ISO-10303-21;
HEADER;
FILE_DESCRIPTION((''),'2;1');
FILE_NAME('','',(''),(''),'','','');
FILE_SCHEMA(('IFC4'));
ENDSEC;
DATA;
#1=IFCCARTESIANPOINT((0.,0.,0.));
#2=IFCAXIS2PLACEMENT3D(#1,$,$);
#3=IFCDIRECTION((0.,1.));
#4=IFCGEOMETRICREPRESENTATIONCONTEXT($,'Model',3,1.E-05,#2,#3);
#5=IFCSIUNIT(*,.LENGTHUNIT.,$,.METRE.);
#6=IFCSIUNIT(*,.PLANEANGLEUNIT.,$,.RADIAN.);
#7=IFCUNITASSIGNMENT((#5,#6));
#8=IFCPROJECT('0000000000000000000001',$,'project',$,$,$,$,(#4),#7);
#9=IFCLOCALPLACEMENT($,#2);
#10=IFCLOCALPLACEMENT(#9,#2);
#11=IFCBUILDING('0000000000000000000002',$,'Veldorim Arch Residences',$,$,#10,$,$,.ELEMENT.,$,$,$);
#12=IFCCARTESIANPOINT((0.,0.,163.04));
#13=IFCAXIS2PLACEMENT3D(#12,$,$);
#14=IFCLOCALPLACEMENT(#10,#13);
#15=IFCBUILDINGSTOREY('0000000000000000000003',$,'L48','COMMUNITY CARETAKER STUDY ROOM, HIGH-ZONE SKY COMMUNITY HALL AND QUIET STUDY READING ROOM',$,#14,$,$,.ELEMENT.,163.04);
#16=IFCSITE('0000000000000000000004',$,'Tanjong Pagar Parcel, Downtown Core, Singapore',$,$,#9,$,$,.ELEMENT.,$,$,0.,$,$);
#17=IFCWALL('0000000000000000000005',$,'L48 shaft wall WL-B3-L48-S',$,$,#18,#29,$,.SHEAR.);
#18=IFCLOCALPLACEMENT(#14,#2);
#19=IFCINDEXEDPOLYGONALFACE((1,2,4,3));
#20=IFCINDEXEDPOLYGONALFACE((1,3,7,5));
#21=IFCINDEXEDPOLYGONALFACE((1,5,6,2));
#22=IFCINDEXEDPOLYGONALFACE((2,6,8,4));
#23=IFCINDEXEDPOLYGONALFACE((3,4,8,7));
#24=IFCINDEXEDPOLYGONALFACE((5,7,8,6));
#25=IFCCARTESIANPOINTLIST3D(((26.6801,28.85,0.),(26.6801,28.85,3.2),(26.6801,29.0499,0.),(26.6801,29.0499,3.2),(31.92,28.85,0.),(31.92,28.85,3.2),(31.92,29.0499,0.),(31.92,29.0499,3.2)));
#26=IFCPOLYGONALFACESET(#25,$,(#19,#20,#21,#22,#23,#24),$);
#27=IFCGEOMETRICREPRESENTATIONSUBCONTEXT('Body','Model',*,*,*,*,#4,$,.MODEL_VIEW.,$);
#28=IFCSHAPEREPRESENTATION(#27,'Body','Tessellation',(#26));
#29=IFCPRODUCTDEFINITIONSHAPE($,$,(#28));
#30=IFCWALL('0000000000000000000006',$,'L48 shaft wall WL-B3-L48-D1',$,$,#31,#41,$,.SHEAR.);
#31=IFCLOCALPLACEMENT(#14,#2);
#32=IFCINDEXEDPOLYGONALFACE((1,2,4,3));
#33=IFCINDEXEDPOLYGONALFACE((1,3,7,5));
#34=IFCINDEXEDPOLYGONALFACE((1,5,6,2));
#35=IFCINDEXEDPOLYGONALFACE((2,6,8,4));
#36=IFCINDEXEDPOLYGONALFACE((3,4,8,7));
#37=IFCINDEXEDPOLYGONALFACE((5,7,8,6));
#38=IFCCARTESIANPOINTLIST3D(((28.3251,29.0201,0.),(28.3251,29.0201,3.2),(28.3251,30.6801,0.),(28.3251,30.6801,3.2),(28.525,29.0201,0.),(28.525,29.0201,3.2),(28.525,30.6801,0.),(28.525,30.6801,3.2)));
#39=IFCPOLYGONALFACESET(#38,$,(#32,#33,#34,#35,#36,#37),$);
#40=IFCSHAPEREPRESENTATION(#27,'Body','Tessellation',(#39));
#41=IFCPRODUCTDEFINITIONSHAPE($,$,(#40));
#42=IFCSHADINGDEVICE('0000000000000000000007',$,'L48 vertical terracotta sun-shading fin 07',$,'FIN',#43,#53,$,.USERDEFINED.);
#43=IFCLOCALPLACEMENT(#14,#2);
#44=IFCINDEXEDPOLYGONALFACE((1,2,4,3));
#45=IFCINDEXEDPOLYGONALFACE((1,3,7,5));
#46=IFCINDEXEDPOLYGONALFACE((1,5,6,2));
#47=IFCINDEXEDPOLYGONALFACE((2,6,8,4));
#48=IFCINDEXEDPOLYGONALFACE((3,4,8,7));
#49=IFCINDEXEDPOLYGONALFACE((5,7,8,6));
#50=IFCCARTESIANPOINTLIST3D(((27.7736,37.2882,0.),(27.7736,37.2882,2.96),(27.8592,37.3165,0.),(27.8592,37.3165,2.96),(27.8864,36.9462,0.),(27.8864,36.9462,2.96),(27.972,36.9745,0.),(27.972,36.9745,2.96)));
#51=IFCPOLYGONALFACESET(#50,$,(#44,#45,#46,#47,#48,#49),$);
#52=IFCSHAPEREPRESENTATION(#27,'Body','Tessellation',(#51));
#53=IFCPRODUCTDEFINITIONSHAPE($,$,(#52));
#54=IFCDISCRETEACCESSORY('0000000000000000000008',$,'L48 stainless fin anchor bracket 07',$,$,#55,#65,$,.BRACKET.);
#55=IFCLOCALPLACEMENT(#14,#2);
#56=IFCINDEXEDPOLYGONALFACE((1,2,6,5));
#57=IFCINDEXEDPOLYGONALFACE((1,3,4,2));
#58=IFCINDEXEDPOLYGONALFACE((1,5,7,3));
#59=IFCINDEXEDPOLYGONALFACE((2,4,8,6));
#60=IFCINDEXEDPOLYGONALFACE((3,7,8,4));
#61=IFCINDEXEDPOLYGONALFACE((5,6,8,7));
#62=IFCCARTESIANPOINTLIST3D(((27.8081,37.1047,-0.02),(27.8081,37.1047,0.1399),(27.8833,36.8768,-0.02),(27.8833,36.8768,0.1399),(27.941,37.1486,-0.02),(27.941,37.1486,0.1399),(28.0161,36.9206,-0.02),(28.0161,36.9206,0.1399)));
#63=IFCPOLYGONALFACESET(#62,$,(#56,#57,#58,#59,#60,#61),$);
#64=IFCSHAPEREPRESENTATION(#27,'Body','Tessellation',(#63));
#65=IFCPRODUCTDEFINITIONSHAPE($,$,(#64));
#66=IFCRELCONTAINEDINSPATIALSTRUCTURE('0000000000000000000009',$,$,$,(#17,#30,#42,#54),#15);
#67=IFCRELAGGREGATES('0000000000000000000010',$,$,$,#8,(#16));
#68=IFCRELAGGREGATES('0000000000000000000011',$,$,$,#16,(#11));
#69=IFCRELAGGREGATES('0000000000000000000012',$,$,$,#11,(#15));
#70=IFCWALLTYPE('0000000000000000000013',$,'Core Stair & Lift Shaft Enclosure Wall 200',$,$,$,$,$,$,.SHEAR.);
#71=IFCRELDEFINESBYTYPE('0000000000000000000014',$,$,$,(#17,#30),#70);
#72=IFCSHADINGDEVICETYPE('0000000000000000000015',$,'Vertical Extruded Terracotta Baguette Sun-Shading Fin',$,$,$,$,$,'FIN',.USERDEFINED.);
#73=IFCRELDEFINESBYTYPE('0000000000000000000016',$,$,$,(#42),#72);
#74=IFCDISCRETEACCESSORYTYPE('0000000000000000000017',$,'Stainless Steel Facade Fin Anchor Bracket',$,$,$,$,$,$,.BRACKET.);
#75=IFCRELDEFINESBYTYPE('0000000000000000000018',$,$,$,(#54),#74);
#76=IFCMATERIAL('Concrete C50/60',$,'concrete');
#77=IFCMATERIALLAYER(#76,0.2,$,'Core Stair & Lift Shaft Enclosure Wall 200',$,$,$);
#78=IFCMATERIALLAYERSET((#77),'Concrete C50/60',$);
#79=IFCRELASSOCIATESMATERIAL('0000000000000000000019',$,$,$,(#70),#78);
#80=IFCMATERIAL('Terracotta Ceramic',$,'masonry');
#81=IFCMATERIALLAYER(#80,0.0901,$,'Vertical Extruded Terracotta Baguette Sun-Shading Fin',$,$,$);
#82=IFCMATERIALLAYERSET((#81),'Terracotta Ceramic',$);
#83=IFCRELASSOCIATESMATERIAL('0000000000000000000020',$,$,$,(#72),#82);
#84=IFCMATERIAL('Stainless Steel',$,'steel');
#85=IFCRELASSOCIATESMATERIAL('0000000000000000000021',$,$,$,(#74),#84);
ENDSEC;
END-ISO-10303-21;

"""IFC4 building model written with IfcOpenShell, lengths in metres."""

from ifc_helpers import new_model, si_unit, direction, frame, frame_2d, origin, origin_2d, place, context, subcontext, project, spatial, rectangle, extrude, material, layer, layer_set, type_object, element, save


model = new_model("IFC4")

# Units and contexts
model_context = context("Model", 3, precision=1e-05, world=origin(), true_north=direction((0.0, 1.0)))
body_context = subcontext(model_context, "Body", "Model", "MODEL_VIEW")
ifc_project = project(units=[si_unit("LENGTHUNIT", "METRE"), si_unit("PLANEANGLEUNIT", "RADIAN")], contexts=[model_context])

# Site, building, storey
site_placement = place(None, origin())
site = spatial("IfcSite", under=ifc_project, at=site_placement, Name="Tanjong Pagar Parcel, Downtown Core, Singapore", CompositionType="ELEMENT", RefElevation=0.0)
building_placement = place(site_placement, origin())
building = spatial("IfcBuilding", under=site, at=building_placement, Name="Veldorim Arch Residences", CompositionType="ELEMENT")
storey_placement = place(building_placement, frame((0.0, 0.0, 163.04)))
storey = spatial("IfcBuildingStorey", under=building, at=storey_placement, Name="L48", Description="COMMUNITY CARETAKER STUDY ROOM, HIGH-ZONE SKY COMMUNITY HALL AND QUIET STUDY READING ROOM", CompositionType="ELEMENT", Elevation=163.04)

# Walls
ifc_material_1 = material(Name="Concrete C50/60", Category="concrete")
ifc_layer_1 = layer(ifc_material_1, 0.2, Name="Core Stair & Lift Shaft Enclosure Wall 200")
ifc_layer_set_1 = layer_set([ifc_layer_1], Name="Concrete C50/60")
wall_type = type_object("IfcWallType", Name="Core Stair & Lift Shaft Enclosure Wall 200", PredefinedType="SHEAR", material=ifc_layer_set_1)
wall_1_placement = place(storey_placement, frame((26.6799, 28.95, 0.0), z_axis=(0.0, 0.0, 1.0), x_axis=(1.0, 0.0, 0.0)))
element("IfcWall", 1, at=wall_1_placement, inside=storey, type_object=wall_type, Name="L48 shaft wall WL-B3-L48-S", PredefinedType="SHEAR", context=body_context, shape_type="SweptSolid", body=[
    extrude(rectangle(XDim=5.24, YDim=0.2, at=frame_2d((2.6201, 0.0))), origin(), (0.0, 0.0, 1.0), 3.2),
])
wall_2_placement = place(storey_placement, frame((28.425, 29.02, 0.0), z_axis=(0.0, 0.0, 1.0), x_axis=(0.0, 1.0, 0.0)))
element("IfcWall", 2, at=wall_2_placement, inside=storey, type_object=wall_type, Name="L48 shaft wall WL-B3-L48-D1", PredefinedType="SHEAR", context=body_context, shape_type="SweptSolid", body=[
    extrude(rectangle(XDim=1.6599, YDim=0.2, at=frame_2d((0.8301, 0.0))), origin(), (0.0, 0.0, 1.0), 3.2),
])

# Shading device
ifc_material_2 = material(Name="Terracotta Ceramic", Category="masonry")
ifc_layer_2 = layer(ifc_material_2, 0.0901, Name="Vertical Extruded Terracotta Baguette Sun-Shading Fin")
ifc_layer_set_2 = layer_set([ifc_layer_2], Name="Terracotta Ceramic")
shading_device_type = type_object("IfcShadingDeviceType", Name="Vertical Extruded Terracotta Baguette Sun-Shading Fin", ElementType="FIN", PredefinedType="USERDEFINED", material=ifc_layer_set_2)
shading_device_placement = place(storey_placement, frame((27.8728, 37.1313, 0.0), z_axis=(0.0, 0.0, 1.0), x_axis=(0.949699, 0.313164, 0.0)))
element("IfcShadingDevice", 3, at=shading_device_placement, inside=storey, type_object=shading_device_type, Name="L48 vertical terracotta sun-shading fin 07", ObjectType="FIN", PredefinedType="USERDEFINED", context=body_context, shape_type="SweptSolid", body=[
    extrude(rectangle(XDim=0.0901, YDim=0.3601, at=origin_2d()), origin(), (0.0, 0.0, 1.0), 2.96),
])

# Discrete accessory
ifc_material_3 = material(Name="Stainless Steel", Category="steel")
discrete_accessory_type = type_object("IfcDiscreteAccessoryType", Name="Stainless Steel Facade Fin Anchor Bracket", PredefinedType="BRACKET", material=ifc_material_3)
discrete_accessory_placement = place(storey_placement, frame((27.9121, 37.0127, -0.02), z_axis=(0.0, 0.0, 1.0), x_axis=(0.949699, 0.313164, 0.0)))
element("IfcDiscreteAccessory", 4, at=discrete_accessory_placement, inside=storey, type_object=discrete_accessory_type, Name="L48 stainless fin anchor bracket 07", PredefinedType="BRACKET", context=body_context, shape_type="SweptSolid", body=[
    extrude(rectangle(XDim=0.1399, YDim=0.24, at=origin_2d()), origin(), (0.0, 0.0, 1.0), 0.1599),
])

save(model, "model.ifc")
